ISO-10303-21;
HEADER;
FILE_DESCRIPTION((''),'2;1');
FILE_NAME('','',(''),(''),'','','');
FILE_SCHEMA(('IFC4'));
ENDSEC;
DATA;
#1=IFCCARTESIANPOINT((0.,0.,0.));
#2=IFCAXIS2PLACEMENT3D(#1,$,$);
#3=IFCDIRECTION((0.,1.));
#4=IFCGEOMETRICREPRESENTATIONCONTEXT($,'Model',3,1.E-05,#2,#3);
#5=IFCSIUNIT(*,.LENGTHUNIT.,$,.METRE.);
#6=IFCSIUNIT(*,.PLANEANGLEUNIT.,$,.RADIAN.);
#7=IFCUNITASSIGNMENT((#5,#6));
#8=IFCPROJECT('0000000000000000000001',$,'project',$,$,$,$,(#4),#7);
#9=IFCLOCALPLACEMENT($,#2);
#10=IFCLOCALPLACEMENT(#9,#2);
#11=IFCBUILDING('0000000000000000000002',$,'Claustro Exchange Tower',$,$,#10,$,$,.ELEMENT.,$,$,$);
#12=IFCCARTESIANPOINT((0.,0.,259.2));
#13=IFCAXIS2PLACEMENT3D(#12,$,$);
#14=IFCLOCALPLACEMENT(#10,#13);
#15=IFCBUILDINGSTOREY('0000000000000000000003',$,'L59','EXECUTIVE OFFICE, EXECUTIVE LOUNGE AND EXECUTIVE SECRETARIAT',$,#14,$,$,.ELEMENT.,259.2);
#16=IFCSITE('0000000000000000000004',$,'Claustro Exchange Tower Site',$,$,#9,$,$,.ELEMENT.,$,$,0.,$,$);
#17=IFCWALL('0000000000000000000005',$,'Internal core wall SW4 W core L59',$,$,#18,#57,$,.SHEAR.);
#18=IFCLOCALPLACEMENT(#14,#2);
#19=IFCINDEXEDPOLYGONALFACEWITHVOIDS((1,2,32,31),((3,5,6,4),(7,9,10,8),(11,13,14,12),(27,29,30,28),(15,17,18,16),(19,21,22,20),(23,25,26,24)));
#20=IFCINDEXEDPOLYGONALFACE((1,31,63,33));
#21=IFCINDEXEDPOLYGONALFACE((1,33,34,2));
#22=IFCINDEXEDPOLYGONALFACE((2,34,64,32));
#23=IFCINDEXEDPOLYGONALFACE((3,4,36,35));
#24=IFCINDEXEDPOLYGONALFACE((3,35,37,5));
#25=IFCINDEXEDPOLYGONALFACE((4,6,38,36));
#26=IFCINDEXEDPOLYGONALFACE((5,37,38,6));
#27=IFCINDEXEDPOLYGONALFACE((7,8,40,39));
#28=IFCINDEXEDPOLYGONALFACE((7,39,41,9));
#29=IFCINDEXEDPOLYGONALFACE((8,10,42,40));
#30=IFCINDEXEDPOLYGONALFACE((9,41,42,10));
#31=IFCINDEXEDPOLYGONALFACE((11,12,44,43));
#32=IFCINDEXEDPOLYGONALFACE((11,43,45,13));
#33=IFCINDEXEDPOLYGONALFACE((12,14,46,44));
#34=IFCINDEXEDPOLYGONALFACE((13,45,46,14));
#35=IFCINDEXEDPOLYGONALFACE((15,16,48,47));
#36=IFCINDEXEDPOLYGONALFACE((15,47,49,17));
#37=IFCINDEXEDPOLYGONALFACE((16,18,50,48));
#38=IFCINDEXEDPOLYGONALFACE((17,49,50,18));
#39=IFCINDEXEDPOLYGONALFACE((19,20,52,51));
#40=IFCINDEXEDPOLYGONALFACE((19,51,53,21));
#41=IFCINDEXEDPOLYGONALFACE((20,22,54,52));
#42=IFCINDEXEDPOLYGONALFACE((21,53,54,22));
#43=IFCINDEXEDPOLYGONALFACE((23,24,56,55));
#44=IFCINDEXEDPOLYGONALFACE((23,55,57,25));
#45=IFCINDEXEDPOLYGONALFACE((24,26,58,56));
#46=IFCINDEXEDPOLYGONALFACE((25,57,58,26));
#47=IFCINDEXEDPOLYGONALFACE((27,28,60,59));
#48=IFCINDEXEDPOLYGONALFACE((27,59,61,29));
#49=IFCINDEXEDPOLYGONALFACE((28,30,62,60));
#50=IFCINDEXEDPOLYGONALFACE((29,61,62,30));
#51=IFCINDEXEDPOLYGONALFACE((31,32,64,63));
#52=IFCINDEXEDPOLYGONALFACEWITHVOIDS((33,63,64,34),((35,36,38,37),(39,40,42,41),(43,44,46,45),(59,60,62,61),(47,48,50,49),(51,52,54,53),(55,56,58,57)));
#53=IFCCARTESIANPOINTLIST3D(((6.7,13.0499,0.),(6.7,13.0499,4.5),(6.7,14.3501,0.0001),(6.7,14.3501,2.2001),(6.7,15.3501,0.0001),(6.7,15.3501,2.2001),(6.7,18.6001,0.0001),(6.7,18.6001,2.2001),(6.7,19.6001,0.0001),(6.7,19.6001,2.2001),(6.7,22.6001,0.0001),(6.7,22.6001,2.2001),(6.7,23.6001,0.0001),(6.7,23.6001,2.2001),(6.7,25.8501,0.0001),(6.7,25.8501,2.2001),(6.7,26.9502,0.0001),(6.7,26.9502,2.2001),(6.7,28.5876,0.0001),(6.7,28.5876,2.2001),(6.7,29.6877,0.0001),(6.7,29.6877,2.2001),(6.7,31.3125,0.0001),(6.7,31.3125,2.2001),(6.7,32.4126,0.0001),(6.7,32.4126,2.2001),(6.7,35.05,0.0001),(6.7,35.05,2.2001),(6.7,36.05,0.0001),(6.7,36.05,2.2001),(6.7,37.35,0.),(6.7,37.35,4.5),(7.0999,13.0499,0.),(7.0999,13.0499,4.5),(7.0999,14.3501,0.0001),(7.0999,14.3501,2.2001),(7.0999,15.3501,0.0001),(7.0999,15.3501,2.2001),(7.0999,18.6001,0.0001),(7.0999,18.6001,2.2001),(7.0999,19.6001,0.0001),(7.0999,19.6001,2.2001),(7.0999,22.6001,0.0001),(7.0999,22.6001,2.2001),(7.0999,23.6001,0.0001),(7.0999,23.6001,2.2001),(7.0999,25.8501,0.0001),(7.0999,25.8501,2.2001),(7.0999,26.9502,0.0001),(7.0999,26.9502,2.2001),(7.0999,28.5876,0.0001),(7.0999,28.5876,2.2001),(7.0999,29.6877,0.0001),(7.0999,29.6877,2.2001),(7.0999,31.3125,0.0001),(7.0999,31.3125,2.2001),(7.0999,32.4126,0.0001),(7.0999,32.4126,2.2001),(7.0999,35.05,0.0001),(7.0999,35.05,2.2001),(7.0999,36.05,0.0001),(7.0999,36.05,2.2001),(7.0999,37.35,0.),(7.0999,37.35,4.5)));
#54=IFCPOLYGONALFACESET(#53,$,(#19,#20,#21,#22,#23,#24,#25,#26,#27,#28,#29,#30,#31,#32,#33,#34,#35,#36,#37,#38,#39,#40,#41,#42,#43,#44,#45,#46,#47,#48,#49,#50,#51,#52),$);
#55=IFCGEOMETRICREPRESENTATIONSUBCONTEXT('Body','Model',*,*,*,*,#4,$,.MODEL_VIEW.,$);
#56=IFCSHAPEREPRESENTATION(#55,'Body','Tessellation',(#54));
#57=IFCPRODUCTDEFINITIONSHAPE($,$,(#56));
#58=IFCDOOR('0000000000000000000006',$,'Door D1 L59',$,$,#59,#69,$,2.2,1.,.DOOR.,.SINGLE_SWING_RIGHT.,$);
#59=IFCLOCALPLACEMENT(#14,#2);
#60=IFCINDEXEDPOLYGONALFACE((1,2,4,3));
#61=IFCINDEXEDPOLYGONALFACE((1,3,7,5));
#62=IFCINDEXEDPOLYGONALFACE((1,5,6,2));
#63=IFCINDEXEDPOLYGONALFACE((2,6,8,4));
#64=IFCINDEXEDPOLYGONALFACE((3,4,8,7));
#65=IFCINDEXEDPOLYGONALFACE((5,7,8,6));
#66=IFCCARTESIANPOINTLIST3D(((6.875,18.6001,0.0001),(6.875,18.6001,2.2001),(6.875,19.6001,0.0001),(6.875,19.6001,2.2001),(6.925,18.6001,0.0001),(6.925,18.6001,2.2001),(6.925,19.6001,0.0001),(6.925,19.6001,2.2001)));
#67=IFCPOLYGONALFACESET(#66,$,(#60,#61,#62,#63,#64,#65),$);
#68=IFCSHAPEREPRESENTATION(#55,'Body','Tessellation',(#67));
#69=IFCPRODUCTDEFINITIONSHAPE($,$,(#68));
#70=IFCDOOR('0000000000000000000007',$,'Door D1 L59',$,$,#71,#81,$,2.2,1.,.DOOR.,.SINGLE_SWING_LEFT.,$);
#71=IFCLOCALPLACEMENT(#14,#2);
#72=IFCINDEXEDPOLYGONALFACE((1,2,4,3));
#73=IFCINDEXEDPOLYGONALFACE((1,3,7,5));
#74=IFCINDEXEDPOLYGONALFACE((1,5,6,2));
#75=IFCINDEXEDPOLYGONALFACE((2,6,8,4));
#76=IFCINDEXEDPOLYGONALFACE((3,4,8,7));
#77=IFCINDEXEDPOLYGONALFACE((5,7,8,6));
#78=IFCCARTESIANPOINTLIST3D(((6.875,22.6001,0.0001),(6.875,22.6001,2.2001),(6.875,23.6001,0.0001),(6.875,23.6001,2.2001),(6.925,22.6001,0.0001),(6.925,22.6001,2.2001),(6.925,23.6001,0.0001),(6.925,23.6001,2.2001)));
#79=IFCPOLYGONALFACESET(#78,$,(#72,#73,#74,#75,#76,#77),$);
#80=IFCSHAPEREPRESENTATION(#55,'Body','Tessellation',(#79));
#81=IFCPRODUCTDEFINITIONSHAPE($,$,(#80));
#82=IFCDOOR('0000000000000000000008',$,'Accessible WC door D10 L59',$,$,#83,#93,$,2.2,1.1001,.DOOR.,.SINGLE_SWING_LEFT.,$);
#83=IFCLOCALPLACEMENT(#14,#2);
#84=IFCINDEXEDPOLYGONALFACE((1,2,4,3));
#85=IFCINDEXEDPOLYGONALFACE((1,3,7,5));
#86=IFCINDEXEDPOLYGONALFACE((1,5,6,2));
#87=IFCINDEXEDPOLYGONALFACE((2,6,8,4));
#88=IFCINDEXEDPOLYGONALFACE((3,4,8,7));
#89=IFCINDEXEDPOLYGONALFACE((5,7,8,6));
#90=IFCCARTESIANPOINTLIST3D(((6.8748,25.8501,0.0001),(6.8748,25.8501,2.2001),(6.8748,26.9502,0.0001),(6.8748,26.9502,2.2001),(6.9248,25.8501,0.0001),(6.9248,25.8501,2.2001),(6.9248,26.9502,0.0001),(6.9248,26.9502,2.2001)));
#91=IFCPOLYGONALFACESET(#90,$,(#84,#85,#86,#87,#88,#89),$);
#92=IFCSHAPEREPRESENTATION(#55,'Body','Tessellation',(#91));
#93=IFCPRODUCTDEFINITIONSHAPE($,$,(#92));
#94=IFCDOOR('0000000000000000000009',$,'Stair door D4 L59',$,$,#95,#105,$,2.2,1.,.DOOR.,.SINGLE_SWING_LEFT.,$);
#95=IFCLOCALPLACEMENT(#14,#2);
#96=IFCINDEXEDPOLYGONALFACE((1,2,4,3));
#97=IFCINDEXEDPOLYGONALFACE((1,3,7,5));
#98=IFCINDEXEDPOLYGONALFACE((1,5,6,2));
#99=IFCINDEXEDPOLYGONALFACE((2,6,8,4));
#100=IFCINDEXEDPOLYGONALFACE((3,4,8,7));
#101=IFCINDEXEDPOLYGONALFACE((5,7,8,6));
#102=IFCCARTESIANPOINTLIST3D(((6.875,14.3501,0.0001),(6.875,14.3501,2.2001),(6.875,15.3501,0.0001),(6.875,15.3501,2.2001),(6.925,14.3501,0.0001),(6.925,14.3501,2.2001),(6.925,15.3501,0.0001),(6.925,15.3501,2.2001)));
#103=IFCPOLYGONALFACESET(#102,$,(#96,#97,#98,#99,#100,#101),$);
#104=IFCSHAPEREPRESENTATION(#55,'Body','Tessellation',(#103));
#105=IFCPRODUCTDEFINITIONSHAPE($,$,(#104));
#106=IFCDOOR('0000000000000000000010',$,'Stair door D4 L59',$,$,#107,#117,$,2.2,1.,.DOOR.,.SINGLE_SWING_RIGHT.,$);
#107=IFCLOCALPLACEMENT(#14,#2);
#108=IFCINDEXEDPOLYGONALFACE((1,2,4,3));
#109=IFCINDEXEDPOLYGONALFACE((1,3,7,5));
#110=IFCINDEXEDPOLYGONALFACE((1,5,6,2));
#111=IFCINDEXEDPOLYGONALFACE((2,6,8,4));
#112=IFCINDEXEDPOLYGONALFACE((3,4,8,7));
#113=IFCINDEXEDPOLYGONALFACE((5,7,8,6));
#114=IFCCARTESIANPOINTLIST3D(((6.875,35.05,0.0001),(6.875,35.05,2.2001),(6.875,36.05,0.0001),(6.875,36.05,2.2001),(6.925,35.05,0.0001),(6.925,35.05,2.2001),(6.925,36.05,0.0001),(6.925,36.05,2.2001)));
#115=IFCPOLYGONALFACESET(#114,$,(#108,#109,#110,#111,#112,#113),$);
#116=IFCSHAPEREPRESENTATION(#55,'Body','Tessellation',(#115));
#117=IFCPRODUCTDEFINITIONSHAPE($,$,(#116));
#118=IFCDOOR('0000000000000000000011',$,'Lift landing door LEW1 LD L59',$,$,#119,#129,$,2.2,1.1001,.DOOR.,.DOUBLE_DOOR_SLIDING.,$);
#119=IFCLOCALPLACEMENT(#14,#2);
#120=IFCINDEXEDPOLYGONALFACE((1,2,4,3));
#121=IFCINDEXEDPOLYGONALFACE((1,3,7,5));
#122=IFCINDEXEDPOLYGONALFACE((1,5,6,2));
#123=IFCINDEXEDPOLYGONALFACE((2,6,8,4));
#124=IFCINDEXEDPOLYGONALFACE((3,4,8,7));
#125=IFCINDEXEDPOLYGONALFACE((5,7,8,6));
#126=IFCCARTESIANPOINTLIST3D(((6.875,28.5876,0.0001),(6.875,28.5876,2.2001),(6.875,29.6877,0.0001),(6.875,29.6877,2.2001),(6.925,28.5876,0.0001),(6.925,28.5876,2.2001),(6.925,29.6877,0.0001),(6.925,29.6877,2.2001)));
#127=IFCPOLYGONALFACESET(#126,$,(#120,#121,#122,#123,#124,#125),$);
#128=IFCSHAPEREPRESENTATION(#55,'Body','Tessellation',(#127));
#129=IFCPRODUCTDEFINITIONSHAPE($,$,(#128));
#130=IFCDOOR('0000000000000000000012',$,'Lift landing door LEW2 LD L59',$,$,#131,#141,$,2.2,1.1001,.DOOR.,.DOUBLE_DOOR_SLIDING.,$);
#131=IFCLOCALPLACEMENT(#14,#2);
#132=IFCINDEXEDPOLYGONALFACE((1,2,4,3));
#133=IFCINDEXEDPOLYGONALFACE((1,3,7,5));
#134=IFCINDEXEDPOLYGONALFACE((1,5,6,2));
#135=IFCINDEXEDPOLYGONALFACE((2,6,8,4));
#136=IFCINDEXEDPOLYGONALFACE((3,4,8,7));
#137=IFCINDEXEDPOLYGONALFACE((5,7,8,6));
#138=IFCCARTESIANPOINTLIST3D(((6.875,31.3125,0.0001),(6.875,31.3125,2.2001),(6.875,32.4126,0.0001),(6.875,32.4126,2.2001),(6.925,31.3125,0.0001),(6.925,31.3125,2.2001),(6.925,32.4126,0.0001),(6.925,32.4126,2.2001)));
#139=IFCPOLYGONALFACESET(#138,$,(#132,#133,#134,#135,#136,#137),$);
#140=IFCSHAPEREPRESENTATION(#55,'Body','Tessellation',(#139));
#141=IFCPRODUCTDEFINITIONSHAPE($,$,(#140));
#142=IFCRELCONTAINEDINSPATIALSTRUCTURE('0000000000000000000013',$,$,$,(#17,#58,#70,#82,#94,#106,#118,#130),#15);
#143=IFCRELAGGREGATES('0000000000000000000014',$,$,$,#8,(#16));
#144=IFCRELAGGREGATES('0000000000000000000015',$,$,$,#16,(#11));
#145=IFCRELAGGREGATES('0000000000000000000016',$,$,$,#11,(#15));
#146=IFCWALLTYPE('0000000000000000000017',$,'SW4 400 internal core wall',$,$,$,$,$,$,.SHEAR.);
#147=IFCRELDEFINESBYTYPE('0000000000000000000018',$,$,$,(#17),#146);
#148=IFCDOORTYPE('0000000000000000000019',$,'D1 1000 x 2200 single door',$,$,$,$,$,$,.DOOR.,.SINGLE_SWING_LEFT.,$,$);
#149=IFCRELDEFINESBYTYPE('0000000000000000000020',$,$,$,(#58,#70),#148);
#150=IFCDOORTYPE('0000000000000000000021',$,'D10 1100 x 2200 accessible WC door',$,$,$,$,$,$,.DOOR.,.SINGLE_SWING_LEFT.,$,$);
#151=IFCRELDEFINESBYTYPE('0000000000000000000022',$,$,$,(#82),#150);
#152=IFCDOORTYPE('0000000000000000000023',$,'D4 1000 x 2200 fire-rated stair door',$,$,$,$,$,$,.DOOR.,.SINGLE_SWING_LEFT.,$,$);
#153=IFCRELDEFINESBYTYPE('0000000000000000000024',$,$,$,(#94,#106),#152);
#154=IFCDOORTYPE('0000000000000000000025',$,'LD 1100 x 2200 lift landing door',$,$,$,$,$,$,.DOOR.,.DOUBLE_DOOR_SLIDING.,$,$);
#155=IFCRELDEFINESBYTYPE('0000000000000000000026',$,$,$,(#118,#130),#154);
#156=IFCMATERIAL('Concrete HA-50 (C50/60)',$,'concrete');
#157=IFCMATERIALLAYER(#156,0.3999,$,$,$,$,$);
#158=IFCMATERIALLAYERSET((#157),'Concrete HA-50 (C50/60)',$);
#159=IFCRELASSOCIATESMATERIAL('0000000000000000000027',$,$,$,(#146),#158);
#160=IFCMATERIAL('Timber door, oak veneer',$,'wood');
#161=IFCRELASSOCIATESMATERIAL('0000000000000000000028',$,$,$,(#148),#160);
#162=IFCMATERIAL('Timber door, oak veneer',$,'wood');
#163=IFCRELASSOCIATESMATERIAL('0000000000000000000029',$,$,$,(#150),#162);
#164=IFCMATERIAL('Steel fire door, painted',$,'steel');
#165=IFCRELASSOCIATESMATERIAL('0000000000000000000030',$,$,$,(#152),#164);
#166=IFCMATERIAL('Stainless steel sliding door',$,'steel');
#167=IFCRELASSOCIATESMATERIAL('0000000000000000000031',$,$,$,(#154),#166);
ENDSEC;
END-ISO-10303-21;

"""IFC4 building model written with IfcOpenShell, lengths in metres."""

from ifc_helpers import new_model, si_unit, direction, frame, frame_2d, origin, place, context, subcontext, project, spatial, rectangle, extrude, material, layer, layer_set, type_object, element, fill, save


model = new_model("IFC4")

# Units and contexts
model_context = context("Model", 3, precision=1e-05, world=origin(), true_north=direction((0.0, 1.0)))
body_context = subcontext(model_context, "Body", "Model", "MODEL_VIEW")
ifc_project = project(units=[si_unit("LENGTHUNIT", "METRE"), si_unit("PLANEANGLEUNIT", "RADIAN")], contexts=[model_context])

# Site, building, storey
site_placement = place(None, origin())
site = spatial("IfcSite", under=ifc_project, at=site_placement, Name="Claustro Exchange Tower Site", CompositionType="ELEMENT", RefElevation=0.0)
building_placement = place(site_placement, origin())
building = spatial("IfcBuilding", under=site, at=building_placement, Name="Claustro Exchange Tower", CompositionType="ELEMENT")
storey_placement = place(building_placement, frame((0.0, 0.0, 259.2)))
storey = spatial("IfcBuildingStorey", under=building, at=storey_placement, Name="L59", Description="EXECUTIVE OFFICE, EXECUTIVE LOUNGE AND EXECUTIVE SECRETARIAT", CompositionType="ELEMENT", Elevation=259.2)

# Wall, openings, doors
ifc_material_1 = material(Name="Concrete HA-50 (C50/60)", Category="concrete")
ifc_layer_1 = layer(ifc_material_1, 0.3999)
ifc_layer_set_1 = layer_set([ifc_layer_1], Name="Concrete HA-50 (C50/60)")
wall_type_1 = type_object("IfcWallType", Name="SW4 400 internal core wall", PredefinedType="SHEAR", material=ifc_layer_set_1)
wall_1_placement = place(storey_placement, frame((6.8999, 13.05, 0.0), z_axis=(0.0, 0.0, 1.0), x_axis=(0.0, 1.0, 0.0)))
wall_1 = element("IfcWall", 1, at=wall_1_placement, inside=storey, type_object=wall_type_1, Name="Internal core wall SW4 W core L59", PredefinedType="SHEAR", context=body_context, shape_type="SweptSolid", body=[
    extrude(rectangle(XDim=24.3, YDim=0.3999, at=frame_2d((12.1499, 0.0))), origin(), (0.0, 0.0, 1.0), 4.5),
])
opening_1_placement = place(wall_1_placement, frame((1.3, 0.0, 0.0)))
opening_1 = element("IfcOpeningElement", 2, at=opening_1_placement, cuts=wall_1, PredefinedType="OPENING", context=body_context, shape_type="SweptSolid", body=[
    extrude(rectangle(XDim=1.0, YDim=2.2, at=frame_2d((0.5, 1.1001))), frame((0.0, 0.21, 0.0), z_axis=(0.0, -1.0, 0.0), x_axis=(1.0, 0.0, 0.0)), (0.0, 0.0, 1.0), 0.4199),
])
opening_2_placement = place(wall_1_placement, frame((22.0, 0.0, 0.0)))
opening_2 = element("IfcOpeningElement", 3, at=opening_2_placement, cuts=wall_1, PredefinedType="OPENING", context=body_context, shape_type="SweptSolid", body=[
    extrude(rectangle(XDim=1.0, YDim=2.2, at=frame_2d((0.5, 1.1001))), frame((0.0, 0.21, 0.0), z_axis=(0.0, -1.0, 0.0), x_axis=(1.0, 0.0, 0.0)), (0.0, 0.0, 1.0), 0.4199),
])
opening_3_placement = place(wall_1_placement, frame((5.55, 0.0, 0.0)))
opening_3 = element("IfcOpeningElement", 4, at=opening_3_placement, cuts=wall_1, PredefinedType="OPENING", context=body_context, shape_type="SweptSolid", body=[
    extrude(rectangle(XDim=1.0, YDim=2.2, at=frame_2d((0.5, 1.1001))), frame((0.0, 0.21, 0.0), z_axis=(0.0, -1.0, 0.0), x_axis=(1.0, 0.0, 0.0)), (0.0, 0.0, 1.0), 0.4199),
])
opening_4_placement = place(wall_1_placement, frame((9.55, 0.0, 0.0)))
opening_4 = element("IfcOpeningElement", 5, at=opening_4_placement, cuts=wall_1, PredefinedType="OPENING", context=body_context, shape_type="SweptSolid", body=[
    extrude(rectangle(XDim=1.0, YDim=2.2, at=frame_2d((0.5, 1.1001))), frame((0.0, 0.21, 0.0), z_axis=(0.0, -1.0, 0.0), x_axis=(1.0, 0.0, 0.0)), (0.0, 0.0, 1.0), 0.4199),
])
opening_5_placement = place(wall_1_placement, frame((12.8, 0.0, 0.0)))
opening_5 = element("IfcOpeningElement", 6, at=opening_5_placement, cuts=wall_1, PredefinedType="OPENING", context=body_context, shape_type="SweptSolid", body=[
    extrude(rectangle(XDim=1.1001, YDim=2.2, at=frame_2d((0.55, 1.1001))), frame((0.0, 0.21, 0.0), z_axis=(0.0, -1.0, 0.0), x_axis=(1.0, 0.0, 0.0)), (0.0, 0.0, 1.0), 0.4199),
])
opening_6_placement = place(wall_1_placement, frame((15.5376, 0.0, 0.0)))
opening_6 = element("IfcOpeningElement", 7, at=opening_6_placement, cuts=wall_1, PredefinedType="OPENING", context=body_context, shape_type="SweptSolid", body=[
    extrude(rectangle(XDim=1.1001, YDim=2.2, at=frame_2d((0.55, 1.1001))), frame((0.0, 0.21, 0.0), z_axis=(0.0, -1.0, 0.0), x_axis=(1.0, 0.0, 0.0)), (0.0, 0.0, 1.0), 0.4199),
])
opening_7_placement = place(wall_1_placement, frame((18.2625, 0.0, 0.0)))
opening_7 = element("IfcOpeningElement", 8, at=opening_7_placement, cuts=wall_1, PredefinedType="OPENING", context=body_context, shape_type="SweptSolid", body=[
    extrude(rectangle(XDim=1.1001, YDim=2.2, at=frame_2d((0.55, 1.1001))), frame((0.0, 0.21, 0.0), z_axis=(0.0, -1.0, 0.0), x_axis=(1.0, 0.0, 0.0)), (0.0, 0.0, 1.0), 0.4199),
])
ifc_material_2 = material(Name="Timber door, oak veneer", Category="wood")
door_type_1 = type_object("IfcDoorType", Name="D1 1000 x 2200 single door", OperationType="SINGLE_SWING_LEFT", PredefinedType="DOOR", material=ifc_material_2)
door_1_placement = place(opening_3_placement, origin())
door_1 = element("IfcDoor", 9, at=door_1_placement, inside=storey, type_object=door_type_1, Name="Door D1 L59", OperationType="SINGLE_SWING_RIGHT", OverallHeight=2.2, OverallWidth=1.0, PredefinedType="DOOR", context=body_context, shape_type="SweptSolid", body=[
    extrude(rectangle(XDim=1.0, YDim=2.2, at=frame_2d((0.5, 1.1001))), frame((0.0, 0.0249, 0.0), z_axis=(0.0, -1.0, 0.0), x_axis=(1.0, 0.0, 0.0)), (0.0, 0.0, 1.0), 0.05),
])
fill(opening_3, door_1)
door_2_placement = place(opening_4_placement, origin())
door_2 = element("IfcDoor", 10, at=door_2_placement, inside=storey, type_object=door_type_1, Name="Door D1 L59", OperationType="SINGLE_SWING_LEFT", OverallHeight=2.2, OverallWidth=1.0, PredefinedType="DOOR", context=body_context, shape_type="SweptSolid", body=[
    extrude(rectangle(XDim=1.0, YDim=2.2, at=frame_2d((0.5, 1.1001))), frame((0.0, 0.0249, 0.0), z_axis=(0.0, -1.0, 0.0), x_axis=(1.0, 0.0, 0.0)), (0.0, 0.0, 1.0), 0.05),
])
fill(opening_4, door_2)
ifc_material_3 = material(Name="Timber door, oak veneer", Category="wood")
door_type_2 = type_object("IfcDoorType", Name="D10 1100 x 2200 accessible WC door", OperationType="SINGLE_SWING_LEFT", PredefinedType="DOOR", material=ifc_material_3)
door_3_placement = place(opening_5_placement, frame((1.1001, 0.0, 0.0), z_axis=(0.0, 0.0, 1.0), x_axis=(-1.0, 0.0, 0.0)))
door_3 = element("IfcDoor", 11, at=door_3_placement, inside=storey, type_object=door_type_2, Name="Accessible WC door D10 L59", OperationType="SINGLE_SWING_LEFT", OverallHeight=2.2, OverallWidth=1.1001, PredefinedType="DOOR", context=body_context, shape_type="SweptSolid", body=[
    extrude(rectangle(XDim=1.1001, YDim=2.2, at=frame_2d((0.55, 1.1001))), frame((0.0, 0.0249, 0.0), z_axis=(0.0, -1.0, 0.0), x_axis=(1.0, 0.0, 0.0)), (0.0, 0.0, 1.0), 0.05),
])
fill(opening_5, door_3)
ifc_material_4 = material(Name="Steel fire door, painted", Category="steel")
door_type_3 = type_object("IfcDoorType", Name="D4 1000 x 2200 fire-rated stair door", OperationType="SINGLE_SWING_LEFT", PredefinedType="DOOR", material=ifc_material_4)
door_4_placement = place(opening_1_placement, origin())
door_4 = element("IfcDoor", 12, at=door_4_placement, inside=storey, type_object=door_type_3, Name="Stair door D4 L59", OperationType="SINGLE_SWING_LEFT", OverallHeight=2.2, OverallWidth=1.0, PredefinedType="DOOR", context=body_context, shape_type="SweptSolid", body=[
    extrude(rectangle(XDim=1.0, YDim=2.2, at=frame_2d((0.5, 1.1001))), frame((0.0, 0.0249, 0.0), z_axis=(0.0, -1.0, 0.0), x_axis=(1.0, 0.0, 0.0)), (0.0, 0.0, 1.0), 0.05),
])
fill(opening_1, door_4)
door_5_placement = place(opening_2_placement, origin())
door_5 = element("IfcDoor", 13, at=door_5_placement, inside=storey, type_object=door_type_3, Name="Stair door D4 L59", OperationType="SINGLE_SWING_RIGHT", OverallHeight=2.2, OverallWidth=1.0, PredefinedType="DOOR", context=body_context, shape_type="SweptSolid", body=[
    extrude(rectangle(XDim=1.0, YDim=2.2, at=frame_2d((0.5, 1.1001))), frame((0.0, 0.0249, 0.0), z_axis=(0.0, -1.0, 0.0), x_axis=(1.0, 0.0, 0.0)), (0.0, 0.0, 1.0), 0.05),
])
fill(opening_2, door_5)
ifc_material_5 = material(Name="Stainless steel sliding door", Category="steel")
door_type_4 = type_object("IfcDoorType", Name="LD 1100 x 2200 lift landing door", OperationType="DOUBLE_DOOR_SLIDING", PredefinedType="DOOR", material=ifc_material_5)
door_6_placement = place(opening_6_placement, origin())
door_6 = element("IfcDoor", 14, at=door_6_placement, inside=storey, type_object=door_type_4, Name="Lift landing door LEW1 LD L59", OperationType="DOUBLE_DOOR_SLIDING", OverallHeight=2.2, OverallWidth=1.1001, PredefinedType="DOOR", context=body_context, shape_type="SweptSolid", body=[
    extrude(rectangle(XDim=1.1001, YDim=2.2, at=frame_2d((0.55, 1.1001))), frame((0.0, 0.0249, 0.0), z_axis=(0.0, -1.0, 0.0), x_axis=(1.0, 0.0, 0.0)), (0.0, 0.0, 1.0), 0.05),
])
fill(opening_6, door_6)
door_7_placement = place(opening_7_placement, origin())
door_7 = element("IfcDoor", 15, at=door_7_placement, inside=storey, type_object=door_type_4, Name="Lift landing door LEW2 LD L59", OperationType="DOUBLE_DOOR_SLIDING", OverallHeight=2.2, OverallWidth=1.1001, PredefinedType="DOOR", context=body_context, shape_type="SweptSolid", body=[
    extrude(rectangle(XDim=1.1001, YDim=2.2, at=frame_2d((0.55, 1.1001))), frame((0.0, 0.0249, 0.0), z_axis=(0.0, -1.0, 0.0), x_axis=(1.0, 0.0, 0.0)), (0.0, 0.0, 1.0), 0.05),
])
fill(opening_7, door_7)

save(model, "model.ifc")
